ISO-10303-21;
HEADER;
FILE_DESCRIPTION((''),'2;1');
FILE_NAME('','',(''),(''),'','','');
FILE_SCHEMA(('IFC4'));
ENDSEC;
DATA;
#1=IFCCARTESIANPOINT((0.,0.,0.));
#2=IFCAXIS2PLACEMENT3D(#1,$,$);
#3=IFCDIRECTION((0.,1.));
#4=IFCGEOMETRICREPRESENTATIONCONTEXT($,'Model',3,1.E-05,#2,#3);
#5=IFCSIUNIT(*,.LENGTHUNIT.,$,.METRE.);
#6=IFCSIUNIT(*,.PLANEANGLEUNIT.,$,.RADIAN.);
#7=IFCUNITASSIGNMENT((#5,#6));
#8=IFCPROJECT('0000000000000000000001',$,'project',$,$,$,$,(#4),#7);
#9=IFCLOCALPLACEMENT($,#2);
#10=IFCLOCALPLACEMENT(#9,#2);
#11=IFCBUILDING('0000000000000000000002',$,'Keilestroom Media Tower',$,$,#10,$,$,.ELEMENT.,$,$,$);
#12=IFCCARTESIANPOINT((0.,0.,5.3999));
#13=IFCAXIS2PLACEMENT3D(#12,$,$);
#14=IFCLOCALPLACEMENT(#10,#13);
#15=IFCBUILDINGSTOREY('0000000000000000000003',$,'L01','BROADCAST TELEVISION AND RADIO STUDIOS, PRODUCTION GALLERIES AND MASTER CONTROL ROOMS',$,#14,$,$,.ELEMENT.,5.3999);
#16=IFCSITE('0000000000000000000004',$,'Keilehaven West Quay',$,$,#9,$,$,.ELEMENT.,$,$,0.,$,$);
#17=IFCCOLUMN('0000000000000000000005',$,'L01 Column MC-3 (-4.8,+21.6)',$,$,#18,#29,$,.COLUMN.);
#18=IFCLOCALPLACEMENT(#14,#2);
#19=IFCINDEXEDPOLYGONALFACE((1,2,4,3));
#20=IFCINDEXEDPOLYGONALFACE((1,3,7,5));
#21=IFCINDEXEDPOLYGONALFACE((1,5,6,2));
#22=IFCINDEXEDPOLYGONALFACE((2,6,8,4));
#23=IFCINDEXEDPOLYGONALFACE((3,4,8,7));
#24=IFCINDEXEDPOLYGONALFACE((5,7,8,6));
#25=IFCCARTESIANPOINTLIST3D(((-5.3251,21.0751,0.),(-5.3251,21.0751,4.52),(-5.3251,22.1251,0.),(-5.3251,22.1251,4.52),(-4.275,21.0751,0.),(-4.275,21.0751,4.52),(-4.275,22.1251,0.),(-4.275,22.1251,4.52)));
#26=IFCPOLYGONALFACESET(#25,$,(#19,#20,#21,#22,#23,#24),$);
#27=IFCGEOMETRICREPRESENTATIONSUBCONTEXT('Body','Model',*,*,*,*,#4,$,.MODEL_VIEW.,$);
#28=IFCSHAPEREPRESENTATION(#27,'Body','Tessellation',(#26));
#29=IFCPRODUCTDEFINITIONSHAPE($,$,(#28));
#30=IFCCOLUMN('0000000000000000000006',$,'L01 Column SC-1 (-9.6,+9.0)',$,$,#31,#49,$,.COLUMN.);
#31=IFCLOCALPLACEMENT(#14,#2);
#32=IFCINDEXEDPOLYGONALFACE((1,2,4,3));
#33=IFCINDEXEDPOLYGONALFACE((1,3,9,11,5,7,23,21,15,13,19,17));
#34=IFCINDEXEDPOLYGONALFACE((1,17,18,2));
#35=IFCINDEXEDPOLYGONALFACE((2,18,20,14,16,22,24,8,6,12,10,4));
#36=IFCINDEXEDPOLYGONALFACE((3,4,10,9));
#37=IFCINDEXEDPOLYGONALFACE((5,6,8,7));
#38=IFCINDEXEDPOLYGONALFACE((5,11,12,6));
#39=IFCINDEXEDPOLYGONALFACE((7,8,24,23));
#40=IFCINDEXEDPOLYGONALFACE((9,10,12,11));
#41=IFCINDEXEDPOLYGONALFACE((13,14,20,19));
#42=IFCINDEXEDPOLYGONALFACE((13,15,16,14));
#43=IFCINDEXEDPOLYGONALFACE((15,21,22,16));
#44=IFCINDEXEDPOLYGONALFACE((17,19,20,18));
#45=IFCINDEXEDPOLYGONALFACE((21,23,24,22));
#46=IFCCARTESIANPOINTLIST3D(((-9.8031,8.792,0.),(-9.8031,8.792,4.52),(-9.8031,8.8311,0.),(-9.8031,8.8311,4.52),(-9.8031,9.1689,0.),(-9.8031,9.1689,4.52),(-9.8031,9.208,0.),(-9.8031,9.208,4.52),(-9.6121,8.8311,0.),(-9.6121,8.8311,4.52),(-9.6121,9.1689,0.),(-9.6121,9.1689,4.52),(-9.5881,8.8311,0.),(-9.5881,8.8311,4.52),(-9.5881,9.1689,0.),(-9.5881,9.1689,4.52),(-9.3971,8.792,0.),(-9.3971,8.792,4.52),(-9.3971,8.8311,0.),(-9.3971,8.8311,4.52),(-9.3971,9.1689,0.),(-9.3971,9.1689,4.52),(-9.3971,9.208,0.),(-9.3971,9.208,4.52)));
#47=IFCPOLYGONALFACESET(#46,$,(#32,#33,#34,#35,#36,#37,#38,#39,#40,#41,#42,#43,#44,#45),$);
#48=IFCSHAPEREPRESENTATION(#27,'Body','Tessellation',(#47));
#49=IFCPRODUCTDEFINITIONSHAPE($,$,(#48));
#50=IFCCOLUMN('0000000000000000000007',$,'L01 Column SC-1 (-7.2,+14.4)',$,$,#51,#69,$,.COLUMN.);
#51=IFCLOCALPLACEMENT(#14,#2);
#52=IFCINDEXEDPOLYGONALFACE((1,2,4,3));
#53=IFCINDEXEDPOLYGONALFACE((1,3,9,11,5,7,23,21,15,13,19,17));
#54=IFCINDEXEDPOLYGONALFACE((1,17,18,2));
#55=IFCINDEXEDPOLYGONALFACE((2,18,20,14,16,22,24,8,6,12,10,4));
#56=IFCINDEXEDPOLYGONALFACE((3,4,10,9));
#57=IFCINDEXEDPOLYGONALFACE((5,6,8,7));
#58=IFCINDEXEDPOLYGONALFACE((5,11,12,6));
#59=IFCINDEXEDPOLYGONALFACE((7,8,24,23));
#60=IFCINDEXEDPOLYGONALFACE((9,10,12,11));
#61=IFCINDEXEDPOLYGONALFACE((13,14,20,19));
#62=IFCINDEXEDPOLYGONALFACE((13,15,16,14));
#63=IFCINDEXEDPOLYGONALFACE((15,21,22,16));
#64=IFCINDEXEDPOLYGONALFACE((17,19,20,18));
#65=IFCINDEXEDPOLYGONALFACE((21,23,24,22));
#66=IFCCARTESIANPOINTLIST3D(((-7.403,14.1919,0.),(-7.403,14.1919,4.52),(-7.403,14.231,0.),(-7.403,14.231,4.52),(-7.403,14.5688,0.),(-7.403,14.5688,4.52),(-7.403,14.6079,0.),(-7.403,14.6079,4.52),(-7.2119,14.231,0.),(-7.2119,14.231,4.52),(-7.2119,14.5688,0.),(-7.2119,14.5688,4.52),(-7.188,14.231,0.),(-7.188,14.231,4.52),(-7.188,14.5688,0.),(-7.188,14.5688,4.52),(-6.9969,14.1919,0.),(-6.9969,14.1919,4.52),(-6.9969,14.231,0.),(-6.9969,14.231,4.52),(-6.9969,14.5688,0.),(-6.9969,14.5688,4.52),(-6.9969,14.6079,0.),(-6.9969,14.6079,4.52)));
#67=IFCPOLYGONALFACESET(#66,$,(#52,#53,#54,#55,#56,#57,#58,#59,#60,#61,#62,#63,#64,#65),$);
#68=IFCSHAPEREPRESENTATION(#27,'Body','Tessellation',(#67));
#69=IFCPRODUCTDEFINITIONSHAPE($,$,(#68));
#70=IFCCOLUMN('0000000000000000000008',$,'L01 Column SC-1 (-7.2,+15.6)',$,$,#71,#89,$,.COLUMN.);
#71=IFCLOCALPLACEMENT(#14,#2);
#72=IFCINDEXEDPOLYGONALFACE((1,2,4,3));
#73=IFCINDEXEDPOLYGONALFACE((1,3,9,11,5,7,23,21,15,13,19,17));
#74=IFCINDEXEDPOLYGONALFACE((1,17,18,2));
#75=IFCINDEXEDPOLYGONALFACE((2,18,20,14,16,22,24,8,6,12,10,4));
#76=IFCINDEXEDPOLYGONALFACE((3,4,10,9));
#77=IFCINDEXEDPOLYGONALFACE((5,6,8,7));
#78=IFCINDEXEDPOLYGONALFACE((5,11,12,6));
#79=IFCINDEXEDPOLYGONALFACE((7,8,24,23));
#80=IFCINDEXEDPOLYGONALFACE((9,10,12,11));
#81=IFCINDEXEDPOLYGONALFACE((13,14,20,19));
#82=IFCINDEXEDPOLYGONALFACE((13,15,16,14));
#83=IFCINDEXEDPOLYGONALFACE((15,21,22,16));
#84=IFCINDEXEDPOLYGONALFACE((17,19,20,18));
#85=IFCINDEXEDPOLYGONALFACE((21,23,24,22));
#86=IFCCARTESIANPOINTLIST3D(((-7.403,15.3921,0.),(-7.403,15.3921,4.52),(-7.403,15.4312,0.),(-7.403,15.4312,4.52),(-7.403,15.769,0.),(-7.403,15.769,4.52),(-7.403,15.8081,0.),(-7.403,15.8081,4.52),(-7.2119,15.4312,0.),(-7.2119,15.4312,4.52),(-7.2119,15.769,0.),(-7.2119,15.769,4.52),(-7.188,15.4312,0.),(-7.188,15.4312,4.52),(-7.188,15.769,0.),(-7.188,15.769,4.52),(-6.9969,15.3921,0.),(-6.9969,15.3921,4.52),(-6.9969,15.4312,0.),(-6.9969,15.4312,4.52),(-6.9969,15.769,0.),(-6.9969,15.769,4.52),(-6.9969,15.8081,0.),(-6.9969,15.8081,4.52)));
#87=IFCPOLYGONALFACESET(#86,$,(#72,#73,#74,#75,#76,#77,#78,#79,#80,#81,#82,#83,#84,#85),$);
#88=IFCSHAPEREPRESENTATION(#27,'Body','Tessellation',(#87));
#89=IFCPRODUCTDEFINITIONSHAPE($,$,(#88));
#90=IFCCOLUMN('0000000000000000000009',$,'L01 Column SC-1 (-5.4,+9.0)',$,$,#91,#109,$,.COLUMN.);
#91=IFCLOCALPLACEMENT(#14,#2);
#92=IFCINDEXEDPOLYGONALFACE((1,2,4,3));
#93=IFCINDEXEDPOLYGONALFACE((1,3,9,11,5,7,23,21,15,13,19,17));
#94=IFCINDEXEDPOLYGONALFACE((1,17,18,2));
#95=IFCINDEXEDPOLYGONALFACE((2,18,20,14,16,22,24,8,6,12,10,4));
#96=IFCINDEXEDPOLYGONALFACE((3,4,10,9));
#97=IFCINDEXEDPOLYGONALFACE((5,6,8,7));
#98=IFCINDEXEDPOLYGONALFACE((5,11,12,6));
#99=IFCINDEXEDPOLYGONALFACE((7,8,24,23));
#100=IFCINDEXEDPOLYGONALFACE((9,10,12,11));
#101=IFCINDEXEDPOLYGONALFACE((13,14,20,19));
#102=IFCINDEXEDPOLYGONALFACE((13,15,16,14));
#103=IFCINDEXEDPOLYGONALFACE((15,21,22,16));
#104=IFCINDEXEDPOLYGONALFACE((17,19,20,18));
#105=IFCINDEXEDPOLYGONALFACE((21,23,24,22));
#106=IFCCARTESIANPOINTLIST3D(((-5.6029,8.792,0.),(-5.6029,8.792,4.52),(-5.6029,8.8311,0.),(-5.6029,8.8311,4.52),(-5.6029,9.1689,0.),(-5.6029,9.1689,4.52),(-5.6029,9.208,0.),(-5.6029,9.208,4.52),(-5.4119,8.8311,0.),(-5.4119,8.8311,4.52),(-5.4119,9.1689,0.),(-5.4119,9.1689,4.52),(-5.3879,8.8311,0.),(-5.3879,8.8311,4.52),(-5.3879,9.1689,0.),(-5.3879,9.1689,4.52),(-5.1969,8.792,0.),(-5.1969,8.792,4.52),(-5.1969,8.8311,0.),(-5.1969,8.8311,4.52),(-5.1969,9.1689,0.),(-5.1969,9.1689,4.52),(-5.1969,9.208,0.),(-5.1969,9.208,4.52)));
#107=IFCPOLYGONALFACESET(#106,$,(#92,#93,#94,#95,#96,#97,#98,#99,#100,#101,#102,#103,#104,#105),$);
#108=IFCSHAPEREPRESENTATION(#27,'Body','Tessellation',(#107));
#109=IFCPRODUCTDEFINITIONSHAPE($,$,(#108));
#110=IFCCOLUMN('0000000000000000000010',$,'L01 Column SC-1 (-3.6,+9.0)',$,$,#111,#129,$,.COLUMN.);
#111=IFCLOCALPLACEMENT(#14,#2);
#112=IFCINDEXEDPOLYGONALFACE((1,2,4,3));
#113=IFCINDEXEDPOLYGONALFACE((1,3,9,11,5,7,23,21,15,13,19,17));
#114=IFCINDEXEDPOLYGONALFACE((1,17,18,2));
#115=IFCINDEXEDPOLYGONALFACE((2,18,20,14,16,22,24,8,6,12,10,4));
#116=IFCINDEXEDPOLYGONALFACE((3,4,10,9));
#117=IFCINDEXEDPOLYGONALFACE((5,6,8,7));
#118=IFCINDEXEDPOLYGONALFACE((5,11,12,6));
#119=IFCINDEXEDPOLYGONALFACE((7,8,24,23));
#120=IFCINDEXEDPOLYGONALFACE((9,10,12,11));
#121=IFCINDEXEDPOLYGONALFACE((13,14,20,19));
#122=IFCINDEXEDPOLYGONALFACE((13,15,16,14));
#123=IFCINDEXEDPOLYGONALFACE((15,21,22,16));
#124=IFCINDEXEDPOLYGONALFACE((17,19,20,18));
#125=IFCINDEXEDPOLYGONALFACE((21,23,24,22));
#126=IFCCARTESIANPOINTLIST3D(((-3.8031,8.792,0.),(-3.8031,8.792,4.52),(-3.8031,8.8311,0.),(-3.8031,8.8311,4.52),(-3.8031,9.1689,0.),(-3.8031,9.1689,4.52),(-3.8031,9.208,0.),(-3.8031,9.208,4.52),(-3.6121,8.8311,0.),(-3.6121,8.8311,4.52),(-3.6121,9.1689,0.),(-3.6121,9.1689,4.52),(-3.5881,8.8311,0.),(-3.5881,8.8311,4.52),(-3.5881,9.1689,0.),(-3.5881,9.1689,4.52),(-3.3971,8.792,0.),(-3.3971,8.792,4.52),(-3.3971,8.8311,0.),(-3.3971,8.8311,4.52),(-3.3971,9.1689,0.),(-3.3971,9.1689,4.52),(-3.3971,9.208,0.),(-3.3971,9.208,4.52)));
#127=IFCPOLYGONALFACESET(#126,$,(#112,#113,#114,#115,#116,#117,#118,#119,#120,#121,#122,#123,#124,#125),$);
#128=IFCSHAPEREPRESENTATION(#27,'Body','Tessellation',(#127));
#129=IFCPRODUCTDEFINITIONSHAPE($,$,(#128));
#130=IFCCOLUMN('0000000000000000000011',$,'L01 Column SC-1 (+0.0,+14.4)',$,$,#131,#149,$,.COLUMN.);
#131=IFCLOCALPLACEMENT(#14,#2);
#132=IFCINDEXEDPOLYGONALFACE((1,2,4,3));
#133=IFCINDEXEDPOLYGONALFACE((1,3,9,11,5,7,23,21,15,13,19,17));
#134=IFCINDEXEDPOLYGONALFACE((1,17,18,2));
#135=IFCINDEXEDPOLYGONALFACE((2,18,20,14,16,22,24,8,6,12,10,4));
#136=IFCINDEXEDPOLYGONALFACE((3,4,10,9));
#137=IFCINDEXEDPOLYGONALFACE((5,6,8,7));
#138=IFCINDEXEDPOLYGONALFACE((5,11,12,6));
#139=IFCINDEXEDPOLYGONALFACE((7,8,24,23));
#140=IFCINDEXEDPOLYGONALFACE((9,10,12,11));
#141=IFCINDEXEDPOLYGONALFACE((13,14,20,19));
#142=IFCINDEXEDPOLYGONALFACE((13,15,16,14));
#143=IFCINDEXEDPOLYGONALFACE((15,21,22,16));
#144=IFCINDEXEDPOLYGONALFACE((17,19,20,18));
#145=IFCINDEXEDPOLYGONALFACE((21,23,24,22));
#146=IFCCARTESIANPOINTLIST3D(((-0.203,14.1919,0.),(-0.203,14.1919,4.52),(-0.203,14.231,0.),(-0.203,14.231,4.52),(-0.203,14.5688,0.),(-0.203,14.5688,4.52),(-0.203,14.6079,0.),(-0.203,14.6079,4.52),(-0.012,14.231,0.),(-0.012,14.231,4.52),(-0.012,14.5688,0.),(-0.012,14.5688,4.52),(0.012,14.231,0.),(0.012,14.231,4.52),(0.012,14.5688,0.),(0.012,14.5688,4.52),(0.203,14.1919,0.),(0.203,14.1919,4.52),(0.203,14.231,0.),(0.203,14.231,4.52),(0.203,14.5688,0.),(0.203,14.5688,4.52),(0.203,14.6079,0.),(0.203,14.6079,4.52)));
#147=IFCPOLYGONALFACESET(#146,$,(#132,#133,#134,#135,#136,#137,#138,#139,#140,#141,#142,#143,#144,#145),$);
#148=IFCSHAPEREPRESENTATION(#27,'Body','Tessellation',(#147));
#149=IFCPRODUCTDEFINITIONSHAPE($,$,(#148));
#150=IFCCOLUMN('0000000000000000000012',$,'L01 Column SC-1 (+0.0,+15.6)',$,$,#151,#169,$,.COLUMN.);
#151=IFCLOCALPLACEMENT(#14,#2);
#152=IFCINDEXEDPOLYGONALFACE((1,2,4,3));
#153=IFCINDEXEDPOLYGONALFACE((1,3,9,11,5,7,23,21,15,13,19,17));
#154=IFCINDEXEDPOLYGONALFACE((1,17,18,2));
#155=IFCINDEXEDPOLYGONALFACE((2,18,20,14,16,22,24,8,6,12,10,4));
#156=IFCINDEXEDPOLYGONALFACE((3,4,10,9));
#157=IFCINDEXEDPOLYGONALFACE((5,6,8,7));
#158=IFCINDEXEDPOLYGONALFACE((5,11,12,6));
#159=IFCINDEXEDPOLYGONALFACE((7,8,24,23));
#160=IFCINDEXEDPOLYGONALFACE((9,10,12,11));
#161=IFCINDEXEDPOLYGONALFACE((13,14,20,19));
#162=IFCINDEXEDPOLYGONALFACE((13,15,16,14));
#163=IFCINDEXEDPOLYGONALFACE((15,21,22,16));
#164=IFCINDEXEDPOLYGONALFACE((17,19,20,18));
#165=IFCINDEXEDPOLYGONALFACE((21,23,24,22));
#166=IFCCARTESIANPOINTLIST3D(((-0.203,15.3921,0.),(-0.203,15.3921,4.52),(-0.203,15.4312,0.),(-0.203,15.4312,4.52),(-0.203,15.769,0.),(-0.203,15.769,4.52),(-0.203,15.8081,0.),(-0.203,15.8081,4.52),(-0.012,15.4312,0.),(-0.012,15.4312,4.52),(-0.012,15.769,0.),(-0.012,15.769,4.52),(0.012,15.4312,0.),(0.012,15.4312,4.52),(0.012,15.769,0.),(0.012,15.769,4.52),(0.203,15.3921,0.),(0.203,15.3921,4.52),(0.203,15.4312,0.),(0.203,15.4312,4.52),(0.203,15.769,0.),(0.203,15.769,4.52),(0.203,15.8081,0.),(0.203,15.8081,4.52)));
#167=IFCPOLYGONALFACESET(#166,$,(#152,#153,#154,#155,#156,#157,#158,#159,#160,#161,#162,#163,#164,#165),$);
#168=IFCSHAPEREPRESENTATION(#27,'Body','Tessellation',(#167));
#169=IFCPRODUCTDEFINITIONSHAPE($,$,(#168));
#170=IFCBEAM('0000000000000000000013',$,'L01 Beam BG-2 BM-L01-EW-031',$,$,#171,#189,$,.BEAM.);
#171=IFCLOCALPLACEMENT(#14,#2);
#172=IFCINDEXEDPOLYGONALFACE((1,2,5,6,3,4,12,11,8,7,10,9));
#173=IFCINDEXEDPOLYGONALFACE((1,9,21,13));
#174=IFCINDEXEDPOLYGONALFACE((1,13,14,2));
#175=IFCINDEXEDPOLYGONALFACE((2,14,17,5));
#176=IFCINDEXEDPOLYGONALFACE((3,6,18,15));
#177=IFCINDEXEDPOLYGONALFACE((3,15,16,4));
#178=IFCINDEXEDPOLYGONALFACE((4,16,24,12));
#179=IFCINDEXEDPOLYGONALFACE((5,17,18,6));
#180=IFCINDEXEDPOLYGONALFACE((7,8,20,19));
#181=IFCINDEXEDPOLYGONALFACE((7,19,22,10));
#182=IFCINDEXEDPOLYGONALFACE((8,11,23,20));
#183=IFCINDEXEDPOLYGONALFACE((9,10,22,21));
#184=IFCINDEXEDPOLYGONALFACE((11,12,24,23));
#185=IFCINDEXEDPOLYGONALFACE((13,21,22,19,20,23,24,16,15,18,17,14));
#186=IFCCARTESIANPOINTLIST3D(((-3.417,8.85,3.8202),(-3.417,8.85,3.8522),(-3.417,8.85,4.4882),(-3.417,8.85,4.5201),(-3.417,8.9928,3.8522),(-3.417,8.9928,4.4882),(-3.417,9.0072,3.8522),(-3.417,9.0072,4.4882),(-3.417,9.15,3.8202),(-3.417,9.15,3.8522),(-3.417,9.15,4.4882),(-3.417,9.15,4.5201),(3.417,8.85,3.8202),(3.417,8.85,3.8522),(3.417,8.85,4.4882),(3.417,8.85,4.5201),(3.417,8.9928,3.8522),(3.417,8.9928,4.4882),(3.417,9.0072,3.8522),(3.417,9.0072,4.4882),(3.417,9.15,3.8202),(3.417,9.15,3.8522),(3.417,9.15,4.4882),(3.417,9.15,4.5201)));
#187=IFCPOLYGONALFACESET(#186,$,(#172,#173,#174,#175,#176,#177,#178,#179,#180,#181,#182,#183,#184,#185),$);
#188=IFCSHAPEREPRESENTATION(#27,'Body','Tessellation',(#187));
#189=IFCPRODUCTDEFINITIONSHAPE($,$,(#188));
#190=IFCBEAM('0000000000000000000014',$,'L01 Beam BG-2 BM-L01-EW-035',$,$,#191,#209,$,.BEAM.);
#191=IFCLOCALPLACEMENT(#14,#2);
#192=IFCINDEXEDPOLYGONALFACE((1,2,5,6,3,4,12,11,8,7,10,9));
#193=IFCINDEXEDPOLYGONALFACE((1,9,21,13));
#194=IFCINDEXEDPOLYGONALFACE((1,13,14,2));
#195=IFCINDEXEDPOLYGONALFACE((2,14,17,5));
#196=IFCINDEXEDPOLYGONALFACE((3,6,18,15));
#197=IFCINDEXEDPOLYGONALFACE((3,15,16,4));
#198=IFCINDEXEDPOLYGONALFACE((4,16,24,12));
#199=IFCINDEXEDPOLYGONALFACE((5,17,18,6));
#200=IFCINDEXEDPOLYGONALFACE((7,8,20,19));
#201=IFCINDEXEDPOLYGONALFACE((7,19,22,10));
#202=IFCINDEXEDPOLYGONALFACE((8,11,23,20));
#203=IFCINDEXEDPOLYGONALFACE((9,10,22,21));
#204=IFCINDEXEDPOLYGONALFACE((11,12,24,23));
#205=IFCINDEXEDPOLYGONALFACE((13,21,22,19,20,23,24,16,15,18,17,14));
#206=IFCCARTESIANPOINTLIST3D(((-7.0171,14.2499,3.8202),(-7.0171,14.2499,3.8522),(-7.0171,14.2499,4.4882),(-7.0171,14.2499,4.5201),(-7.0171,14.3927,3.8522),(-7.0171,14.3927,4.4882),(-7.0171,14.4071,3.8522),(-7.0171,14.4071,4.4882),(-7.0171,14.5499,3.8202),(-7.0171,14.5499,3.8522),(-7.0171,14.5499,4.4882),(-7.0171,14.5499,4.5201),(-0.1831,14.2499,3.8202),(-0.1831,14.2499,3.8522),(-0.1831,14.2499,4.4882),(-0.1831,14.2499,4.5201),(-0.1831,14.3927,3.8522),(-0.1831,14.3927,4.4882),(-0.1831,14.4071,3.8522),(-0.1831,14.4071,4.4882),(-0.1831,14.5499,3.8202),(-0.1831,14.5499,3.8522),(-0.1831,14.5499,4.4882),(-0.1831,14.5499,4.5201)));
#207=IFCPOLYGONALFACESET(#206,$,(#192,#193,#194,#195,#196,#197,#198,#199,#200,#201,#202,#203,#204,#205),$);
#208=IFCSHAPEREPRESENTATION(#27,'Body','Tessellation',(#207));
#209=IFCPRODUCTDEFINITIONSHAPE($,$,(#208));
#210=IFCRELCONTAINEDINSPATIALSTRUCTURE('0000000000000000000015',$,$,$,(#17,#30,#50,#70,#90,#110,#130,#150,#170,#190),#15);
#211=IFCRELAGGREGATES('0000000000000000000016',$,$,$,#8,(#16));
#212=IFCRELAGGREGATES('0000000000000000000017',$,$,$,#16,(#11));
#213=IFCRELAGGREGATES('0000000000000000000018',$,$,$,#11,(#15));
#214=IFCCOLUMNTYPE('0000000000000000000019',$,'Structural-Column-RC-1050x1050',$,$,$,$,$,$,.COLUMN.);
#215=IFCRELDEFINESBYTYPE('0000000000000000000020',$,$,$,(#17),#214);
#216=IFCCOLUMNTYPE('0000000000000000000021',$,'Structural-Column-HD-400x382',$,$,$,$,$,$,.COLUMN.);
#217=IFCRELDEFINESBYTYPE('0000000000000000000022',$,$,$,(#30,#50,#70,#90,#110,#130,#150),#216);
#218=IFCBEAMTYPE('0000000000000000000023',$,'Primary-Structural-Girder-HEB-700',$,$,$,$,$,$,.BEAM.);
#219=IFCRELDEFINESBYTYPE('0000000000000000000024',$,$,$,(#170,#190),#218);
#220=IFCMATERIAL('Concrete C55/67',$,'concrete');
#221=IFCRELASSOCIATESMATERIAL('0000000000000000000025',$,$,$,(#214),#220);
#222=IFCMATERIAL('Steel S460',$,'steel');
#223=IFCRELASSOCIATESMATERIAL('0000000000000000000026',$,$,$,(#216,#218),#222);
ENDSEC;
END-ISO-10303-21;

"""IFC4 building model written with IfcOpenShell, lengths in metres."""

from ifc_helpers import new_model, si_unit, direction, frame, origin, origin_2d, place, context, subcontext, project, spatial, rectangle, i_section, extrude, source, transform, mapped, material, material_profile, profile_set, type_object, element, save


model = new_model("IFC4")

# Units and contexts
model_context = context("Model", 3, precision=1e-05, world=origin(), true_north=direction((0.0, 1.0)))
body_context = subcontext(model_context, "Body", "Model", "MODEL_VIEW")
ifc_project = project(units=[si_unit("LENGTHUNIT", "METRE"), si_unit("PLANEANGLEUNIT", "RADIAN")], contexts=[model_context])

# Site, building, storey
site_placement = place(None, origin())
site = spatial("IfcSite", under=ifc_project, at=site_placement, Name="Keilehaven West Quay", CompositionType="ELEMENT", RefElevation=0.0)
building_placement = place(site_placement, origin())
building = spatial("IfcBuilding", under=site, at=building_placement, Name="Keilestroom Media Tower", CompositionType="ELEMENT")
storey_placement = place(building_placement, frame((0.0, 0.0, 5.3999)))
storey = spatial("IfcBuildingStorey", under=building, at=storey_placement, Name="L01", Description="BROADCAST TELEVISION AND RADIO STUDIOS, PRODUCTION GALLERIES AND MASTER CONTROL ROOMS", CompositionType="ELEMENT", Elevation=5.3999)

# Columns
ifc_material_1 = material(Name="Concrete C55/67", Category="concrete")
ifc_material_profile_1 = material_profile(ifc_material_1, rectangle(XDim=1.05, YDim=1.05, at=origin_2d()), Name="RC 1050x1050")
ifc_profile_set_1 = profile_set([ifc_material_profile_1], Name="Concrete C55/67")
column_type_1 = type_object("IfcColumnType", Name="Structural-Column-RC-1050x1050", PredefinedType="COLUMN", material=ifc_profile_set_1)
shared_shape_1 = source(origin(), body_context, "Body", "SweptSolid", [
    extrude(rectangle(XDim=1.05, YDim=1.05, at=origin_2d()), origin(), (0.0, 0.0, 1.0), 4.52),
])
column_placement = place(storey_placement, frame((-4.8, 21.6001, 0.0), z_axis=(0.0, 0.0, 1.0), x_axis=(1.0, 0.0, 0.0)))
element("IfcColumn", 1, at=column_placement, inside=storey, type_object=column_type_1, Name="L01 Column MC-3 (-4.8,+21.6)", PredefinedType="COLUMN", context=body_context, shape_type="MappedRepresentation", body=[
    mapped(shared_shape_1, transform((0.0, 0.0, 0.0), x_axis=(1.0, 0.0, 0.0), y_axis=(0.0, 1.0, 0.0), z_axis=(0.0, 0.0, 1.0), scale=1.0)),
])
ifc_material_2 = material(Name="Steel S460", Category="steel")
ifc_material_profile_2 = material_profile(ifc_material_2, i_section(OverallWidth=0.406, OverallDepth=0.416, WebThickness=0.0239, FlangeThickness=0.0391, at=origin_2d()), Name="HD 400x382")
ifc_profile_set_2 = profile_set([ifc_material_profile_2], Name="Steel S460")
column_type_2 = type_object("IfcColumnType", Name="Structural-Column-HD-400x382", PredefinedType="COLUMN", material=ifc_profile_set_2)
shared_shape_2 = source(origin(), body_context, "Body", "SweptSolid", [
    extrude(i_section(OverallWidth=0.406, OverallDepth=0.416, WebThickness=0.0239, FlangeThickness=0.0391, at=origin_2d()), origin(), (0.0, 0.0, 1.0), 4.52),
])
for number, where, z_axis, x_axis, name in (
    (2, (-9.6001, 9.0, 0.0), (0.0, 0.0, 1.0), (1.0, 0.0, 0.0), "L01 Column SC-1 (-9.6,+9.0)"),
    (3, (-7.2, 14.3999, 0.0), (0.0, 0.0, 1.0), (1.0, 0.0, 0.0), "L01 Column SC-1 (-7.2,+14.4)"),
    (4, (-7.2, 15.6001, 0.0), (0.0, 0.0, 1.0), (1.0, 0.0, 0.0), "L01 Column SC-1 (-7.2,+15.6)"),
    (5, (-5.3999, 9.0, 0.0), (0.0, 0.0, 1.0), (1.0, 0.0, 0.0), "L01 Column SC-1 (-5.4,+9.0)"),
    (6, (-3.6001, 9.0, 0.0), (0.0, 0.0, 1.0), (1.0, 0.0, 0.0), "L01 Column SC-1 (-3.6,+9.0)"),
    (7, (0.0, 14.3999, 0.0), (0.0, 0.0, 1.0), (1.0, 0.0, 0.0), "L01 Column SC-1 (+0.0,+14.4)"),
    (8, (0.0, 15.6001, 0.0), (0.0, 0.0, 1.0), (1.0, 0.0, 0.0), "L01 Column SC-1 (+0.0,+15.6)"),
):
    element("IfcColumn", number, at=place(storey_placement, frame(where, z_axis=z_axis, x_axis=x_axis)), inside=storey, type_object=column_type_2, Name=name, PredefinedType="COLUMN", context=body_context, shape_type="MappedRepresentation", body=[
        mapped(shared_shape_2, transform((0.0, 0.0, 0.0), x_axis=(1.0, 0.0, 0.0), y_axis=(0.0, 1.0, 0.0), z_axis=(0.0, 0.0, 1.0), scale=1.0)),
    ])

# Beams
ifc_material_profile_3 = material_profile(ifc_material_2, i_section(OverallWidth=0.3, OverallDepth=0.7, WebThickness=0.0144, FlangeThickness=0.032, at=origin_2d()), Name="HEB 700")
ifc_profile_set_3 = profile_set([ifc_material_profile_3], Name="Steel S460")
beam_type = type_object("IfcBeamType", Name="Primary-Structural-Girder-HEB-700", PredefinedType="BEAM", material=ifc_profile_set_3)
shared_shape_3 = source(origin(), body_context, "Body", "SweptSolid", [
    extrude(i_section(OverallWidth=0.3, OverallDepth=0.7, WebThickness=0.0144, FlangeThickness=0.032, at=origin_2d()), origin(), (0.0, 0.0, 1.0), 6.834),
])
for number, where, z_axis, x_axis, name in (
    (9, (-3.417, 9.0, 4.1702), (1.0, 0.0, 0.0), (0.0, 1.0, 0.0), "L01 Beam BG-2 BM-L01-EW-031"),
    (10, (-7.0171, 14.3999, 4.1702), (1.0, 0.0, 0.0), (0.0, 1.0, 0.0), "L01 Beam BG-2 BM-L01-EW-035"),
):
    element("IfcBeam", number, at=place(storey_placement, frame(where, z_axis=z_axis, x_axis=x_axis)), inside=storey, type_object=beam_type, Name=name, PredefinedType="BEAM", context=body_context, shape_type="MappedRepresentation", body=[
        mapped(shared_shape_3, transform((0.0, 0.0, 0.0), x_axis=(1.0, 0.0, 0.0), y_axis=(0.0, 1.0, 0.0), z_axis=(0.0, 0.0, 1.0), scale=1.0)),
    ])

save(model, "model.ifc")
